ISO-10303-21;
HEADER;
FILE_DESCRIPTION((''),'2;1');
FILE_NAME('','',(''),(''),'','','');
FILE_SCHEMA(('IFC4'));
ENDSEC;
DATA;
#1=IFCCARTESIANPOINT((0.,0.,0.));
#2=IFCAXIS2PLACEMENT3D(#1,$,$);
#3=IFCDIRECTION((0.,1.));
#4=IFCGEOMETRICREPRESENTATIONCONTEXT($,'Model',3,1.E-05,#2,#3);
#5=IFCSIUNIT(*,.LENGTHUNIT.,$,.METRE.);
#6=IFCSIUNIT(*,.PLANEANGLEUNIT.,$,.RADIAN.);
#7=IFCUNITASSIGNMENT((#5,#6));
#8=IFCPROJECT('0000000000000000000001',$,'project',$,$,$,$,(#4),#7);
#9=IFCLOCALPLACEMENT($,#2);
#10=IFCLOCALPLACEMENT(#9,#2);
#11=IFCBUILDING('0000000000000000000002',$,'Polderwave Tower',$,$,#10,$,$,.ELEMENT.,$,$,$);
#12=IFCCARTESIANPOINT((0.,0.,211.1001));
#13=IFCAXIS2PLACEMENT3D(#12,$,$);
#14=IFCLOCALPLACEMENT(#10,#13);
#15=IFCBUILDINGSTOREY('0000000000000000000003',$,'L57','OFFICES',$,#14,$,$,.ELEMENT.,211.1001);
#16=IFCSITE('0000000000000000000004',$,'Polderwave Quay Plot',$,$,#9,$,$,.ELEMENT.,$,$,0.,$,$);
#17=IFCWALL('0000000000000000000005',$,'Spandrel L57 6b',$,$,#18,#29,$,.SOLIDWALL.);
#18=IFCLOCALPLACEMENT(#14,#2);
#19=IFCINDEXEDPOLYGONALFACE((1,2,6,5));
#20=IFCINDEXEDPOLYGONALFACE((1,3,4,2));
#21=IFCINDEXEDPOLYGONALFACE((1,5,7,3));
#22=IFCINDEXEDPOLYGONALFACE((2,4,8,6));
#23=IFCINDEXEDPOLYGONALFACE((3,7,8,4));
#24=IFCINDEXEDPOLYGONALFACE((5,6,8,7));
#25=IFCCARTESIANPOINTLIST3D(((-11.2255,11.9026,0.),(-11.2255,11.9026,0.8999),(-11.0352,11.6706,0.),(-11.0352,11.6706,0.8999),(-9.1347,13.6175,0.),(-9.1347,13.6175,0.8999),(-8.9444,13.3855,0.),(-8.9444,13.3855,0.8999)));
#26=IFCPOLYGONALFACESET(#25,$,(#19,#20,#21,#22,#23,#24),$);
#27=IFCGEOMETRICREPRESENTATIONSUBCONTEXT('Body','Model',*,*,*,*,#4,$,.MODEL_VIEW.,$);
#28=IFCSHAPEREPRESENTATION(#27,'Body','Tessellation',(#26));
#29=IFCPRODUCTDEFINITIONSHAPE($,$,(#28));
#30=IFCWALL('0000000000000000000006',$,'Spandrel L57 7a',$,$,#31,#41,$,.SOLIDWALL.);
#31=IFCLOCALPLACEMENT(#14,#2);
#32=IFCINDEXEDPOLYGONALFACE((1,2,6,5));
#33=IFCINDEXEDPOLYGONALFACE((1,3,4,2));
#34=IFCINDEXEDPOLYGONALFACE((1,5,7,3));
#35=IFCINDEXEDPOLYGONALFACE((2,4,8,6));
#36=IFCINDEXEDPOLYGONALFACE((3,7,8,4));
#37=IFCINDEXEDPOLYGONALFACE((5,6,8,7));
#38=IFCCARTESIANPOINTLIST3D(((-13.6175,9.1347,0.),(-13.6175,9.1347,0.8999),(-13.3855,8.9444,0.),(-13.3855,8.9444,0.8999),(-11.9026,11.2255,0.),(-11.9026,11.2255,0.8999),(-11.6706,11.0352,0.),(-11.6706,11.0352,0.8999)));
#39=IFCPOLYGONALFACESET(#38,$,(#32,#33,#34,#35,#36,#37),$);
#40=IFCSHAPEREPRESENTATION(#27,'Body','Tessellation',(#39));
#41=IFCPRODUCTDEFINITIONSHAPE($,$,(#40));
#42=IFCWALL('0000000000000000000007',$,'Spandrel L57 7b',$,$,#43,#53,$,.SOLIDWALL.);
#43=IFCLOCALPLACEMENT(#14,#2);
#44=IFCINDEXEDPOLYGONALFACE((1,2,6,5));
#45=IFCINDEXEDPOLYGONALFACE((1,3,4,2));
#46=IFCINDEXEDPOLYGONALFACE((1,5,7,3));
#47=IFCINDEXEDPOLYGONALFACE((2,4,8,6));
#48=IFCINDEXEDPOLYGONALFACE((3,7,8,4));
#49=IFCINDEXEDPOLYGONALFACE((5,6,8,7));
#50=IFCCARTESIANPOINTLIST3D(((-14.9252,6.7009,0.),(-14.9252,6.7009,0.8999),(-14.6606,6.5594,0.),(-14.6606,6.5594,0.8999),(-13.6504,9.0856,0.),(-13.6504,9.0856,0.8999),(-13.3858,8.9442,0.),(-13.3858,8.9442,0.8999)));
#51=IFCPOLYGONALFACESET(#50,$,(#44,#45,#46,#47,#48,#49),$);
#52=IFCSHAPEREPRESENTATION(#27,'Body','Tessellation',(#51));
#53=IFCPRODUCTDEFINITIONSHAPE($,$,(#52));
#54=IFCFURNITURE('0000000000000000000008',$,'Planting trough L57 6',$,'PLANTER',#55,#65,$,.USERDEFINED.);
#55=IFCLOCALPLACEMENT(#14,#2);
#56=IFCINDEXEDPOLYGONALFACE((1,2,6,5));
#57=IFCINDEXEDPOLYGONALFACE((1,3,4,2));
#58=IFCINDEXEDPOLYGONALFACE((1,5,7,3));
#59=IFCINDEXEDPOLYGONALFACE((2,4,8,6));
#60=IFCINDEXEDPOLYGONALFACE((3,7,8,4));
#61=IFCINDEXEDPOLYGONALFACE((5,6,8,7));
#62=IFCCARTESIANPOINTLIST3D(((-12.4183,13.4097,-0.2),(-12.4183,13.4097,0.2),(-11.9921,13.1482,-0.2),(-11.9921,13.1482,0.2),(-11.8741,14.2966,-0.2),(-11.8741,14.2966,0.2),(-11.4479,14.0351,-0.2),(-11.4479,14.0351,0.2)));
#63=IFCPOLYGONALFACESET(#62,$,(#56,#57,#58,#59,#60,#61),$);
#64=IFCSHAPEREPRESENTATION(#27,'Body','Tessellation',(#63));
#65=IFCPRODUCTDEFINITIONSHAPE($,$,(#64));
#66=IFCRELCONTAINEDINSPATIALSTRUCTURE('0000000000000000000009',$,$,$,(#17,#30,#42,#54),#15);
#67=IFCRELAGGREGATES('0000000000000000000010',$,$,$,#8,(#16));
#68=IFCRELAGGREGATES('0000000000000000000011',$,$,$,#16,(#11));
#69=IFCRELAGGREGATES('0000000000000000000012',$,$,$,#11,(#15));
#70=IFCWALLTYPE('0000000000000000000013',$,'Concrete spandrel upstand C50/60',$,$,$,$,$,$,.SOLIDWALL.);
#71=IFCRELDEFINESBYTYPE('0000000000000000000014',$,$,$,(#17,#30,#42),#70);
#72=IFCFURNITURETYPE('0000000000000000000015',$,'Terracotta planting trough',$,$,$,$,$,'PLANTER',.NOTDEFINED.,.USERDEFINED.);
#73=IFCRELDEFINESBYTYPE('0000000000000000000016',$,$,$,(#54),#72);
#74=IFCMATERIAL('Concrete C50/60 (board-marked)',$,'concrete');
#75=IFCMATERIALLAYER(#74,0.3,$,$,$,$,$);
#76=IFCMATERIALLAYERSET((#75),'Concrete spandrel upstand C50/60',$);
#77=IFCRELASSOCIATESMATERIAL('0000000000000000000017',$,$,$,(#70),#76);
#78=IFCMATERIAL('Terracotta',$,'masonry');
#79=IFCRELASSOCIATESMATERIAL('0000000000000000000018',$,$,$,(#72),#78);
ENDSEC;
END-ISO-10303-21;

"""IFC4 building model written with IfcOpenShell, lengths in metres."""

from ifc_helpers import new_model, si_unit, direction, frame, frame_2d, origin, origin_2d, place, context, subcontext, project, spatial, rectangle, extrude, material, layer, layer_set, type_object, element, save


model = new_model("IFC4")

# Units and contexts
model_context = context("Model", 3, precision=1e-05, world=origin(), true_north=direction((0.0, 1.0)))
body_context = subcontext(model_context, "Body", "Model", "MODEL_VIEW")
ifc_project = project(units=[si_unit("LENGTHUNIT", "METRE"), si_unit("PLANEANGLEUNIT", "RADIAN")], contexts=[model_context])

# Site, building, storey
site_placement = place(None, origin())
site = spatial("IfcSite", under=ifc_project, at=site_placement, Name="Polderwave Quay Plot", CompositionType="ELEMENT", RefElevation=0.0)
building_placement = place(site_placement, origin())
building = spatial("IfcBuilding", under=site, at=building_placement, Name="Polderwave Tower", CompositionType="ELEMENT")
storey_placement = place(building_placement, frame((0.0, 0.0, 211.1001)))
storey = spatial("IfcBuildingStorey", under=building, at=storey_placement, Name="L57", Description="OFFICES", CompositionType="ELEMENT", Elevation=211.1001)

# Walls
ifc_material_1 = material(Name="Concrete C50/60 (board-marked)", Category="concrete")
ifc_layer_1 = layer(ifc_material_1, 0.3)
ifc_layer_set_1 = layer_set([ifc_layer_1], Name="Concrete spandrel upstand C50/60")
wall_type_1 = type_object("IfcWallType", Name="Concrete spandrel upstand C50/60", PredefinedType="SOLIDWALL", material=ifc_layer_set_1)
for number, where, z_axis, x_axis, name in (
    (1, (-9.0396, 13.5015, 0.0), (0.0, 0.0, 1.0), (-0.7732, -0.634162, 0.0), "Spandrel L57 6b"),
    (2, (-11.7866, 11.1304, 0.0), (0.0, 0.0, 1.0), (-0.634162, -0.7732, 0.0), "Spandrel L57 7a"),
    (3, (-13.5181, 9.0149, 0.0), (0.0, 0.0, 1.0), (-0.47146, -0.881888, 0.0), "Spandrel L57 7b"),
):
    element("IfcWall", number, at=place(storey_placement, frame(where, z_axis=z_axis, x_axis=x_axis)), inside=storey, type_object=wall_type_1, Name=name, PredefinedType="SOLIDWALL", context=body_context, shape_type="SweptSolid", body=[
        extrude(rectangle(XDim=2.7041, YDim=0.3, at=frame_2d((1.3521, 0.0))), origin(), (0.0, 0.0, 1.0), 0.8999),
    ])

# Furniture
ifc_material_2 = material(Name="Terracotta", Category="masonry")
furniture_type = type_object("IfcFurnitureType", Name="Terracotta planting trough", ElementType="PLANTER", AssemblyPlace="NOTDEFINED", PredefinedType="USERDEFINED", material=ifc_material_2)
furniture_placement = place(storey_placement, frame((-11.9331, 13.7224, -0.2), z_axis=(0.0, 0.0, 1.0), x_axis=(-0.522993, -0.852337, 0.0)))
element("IfcFurniture", 4, at=furniture_placement, inside=storey, type_object=furniture_type, Name="Planting trough L57 6", ObjectType="PLANTER", PredefinedType="USERDEFINED", context=body_context, shape_type="SweptSolid", body=[
    extrude(rectangle(XDim=1.0405, YDim=0.5, at=origin_2d()), origin(), (0.0, 0.0, 1.0), 0.3999),
])

save(model, "model.ifc")
